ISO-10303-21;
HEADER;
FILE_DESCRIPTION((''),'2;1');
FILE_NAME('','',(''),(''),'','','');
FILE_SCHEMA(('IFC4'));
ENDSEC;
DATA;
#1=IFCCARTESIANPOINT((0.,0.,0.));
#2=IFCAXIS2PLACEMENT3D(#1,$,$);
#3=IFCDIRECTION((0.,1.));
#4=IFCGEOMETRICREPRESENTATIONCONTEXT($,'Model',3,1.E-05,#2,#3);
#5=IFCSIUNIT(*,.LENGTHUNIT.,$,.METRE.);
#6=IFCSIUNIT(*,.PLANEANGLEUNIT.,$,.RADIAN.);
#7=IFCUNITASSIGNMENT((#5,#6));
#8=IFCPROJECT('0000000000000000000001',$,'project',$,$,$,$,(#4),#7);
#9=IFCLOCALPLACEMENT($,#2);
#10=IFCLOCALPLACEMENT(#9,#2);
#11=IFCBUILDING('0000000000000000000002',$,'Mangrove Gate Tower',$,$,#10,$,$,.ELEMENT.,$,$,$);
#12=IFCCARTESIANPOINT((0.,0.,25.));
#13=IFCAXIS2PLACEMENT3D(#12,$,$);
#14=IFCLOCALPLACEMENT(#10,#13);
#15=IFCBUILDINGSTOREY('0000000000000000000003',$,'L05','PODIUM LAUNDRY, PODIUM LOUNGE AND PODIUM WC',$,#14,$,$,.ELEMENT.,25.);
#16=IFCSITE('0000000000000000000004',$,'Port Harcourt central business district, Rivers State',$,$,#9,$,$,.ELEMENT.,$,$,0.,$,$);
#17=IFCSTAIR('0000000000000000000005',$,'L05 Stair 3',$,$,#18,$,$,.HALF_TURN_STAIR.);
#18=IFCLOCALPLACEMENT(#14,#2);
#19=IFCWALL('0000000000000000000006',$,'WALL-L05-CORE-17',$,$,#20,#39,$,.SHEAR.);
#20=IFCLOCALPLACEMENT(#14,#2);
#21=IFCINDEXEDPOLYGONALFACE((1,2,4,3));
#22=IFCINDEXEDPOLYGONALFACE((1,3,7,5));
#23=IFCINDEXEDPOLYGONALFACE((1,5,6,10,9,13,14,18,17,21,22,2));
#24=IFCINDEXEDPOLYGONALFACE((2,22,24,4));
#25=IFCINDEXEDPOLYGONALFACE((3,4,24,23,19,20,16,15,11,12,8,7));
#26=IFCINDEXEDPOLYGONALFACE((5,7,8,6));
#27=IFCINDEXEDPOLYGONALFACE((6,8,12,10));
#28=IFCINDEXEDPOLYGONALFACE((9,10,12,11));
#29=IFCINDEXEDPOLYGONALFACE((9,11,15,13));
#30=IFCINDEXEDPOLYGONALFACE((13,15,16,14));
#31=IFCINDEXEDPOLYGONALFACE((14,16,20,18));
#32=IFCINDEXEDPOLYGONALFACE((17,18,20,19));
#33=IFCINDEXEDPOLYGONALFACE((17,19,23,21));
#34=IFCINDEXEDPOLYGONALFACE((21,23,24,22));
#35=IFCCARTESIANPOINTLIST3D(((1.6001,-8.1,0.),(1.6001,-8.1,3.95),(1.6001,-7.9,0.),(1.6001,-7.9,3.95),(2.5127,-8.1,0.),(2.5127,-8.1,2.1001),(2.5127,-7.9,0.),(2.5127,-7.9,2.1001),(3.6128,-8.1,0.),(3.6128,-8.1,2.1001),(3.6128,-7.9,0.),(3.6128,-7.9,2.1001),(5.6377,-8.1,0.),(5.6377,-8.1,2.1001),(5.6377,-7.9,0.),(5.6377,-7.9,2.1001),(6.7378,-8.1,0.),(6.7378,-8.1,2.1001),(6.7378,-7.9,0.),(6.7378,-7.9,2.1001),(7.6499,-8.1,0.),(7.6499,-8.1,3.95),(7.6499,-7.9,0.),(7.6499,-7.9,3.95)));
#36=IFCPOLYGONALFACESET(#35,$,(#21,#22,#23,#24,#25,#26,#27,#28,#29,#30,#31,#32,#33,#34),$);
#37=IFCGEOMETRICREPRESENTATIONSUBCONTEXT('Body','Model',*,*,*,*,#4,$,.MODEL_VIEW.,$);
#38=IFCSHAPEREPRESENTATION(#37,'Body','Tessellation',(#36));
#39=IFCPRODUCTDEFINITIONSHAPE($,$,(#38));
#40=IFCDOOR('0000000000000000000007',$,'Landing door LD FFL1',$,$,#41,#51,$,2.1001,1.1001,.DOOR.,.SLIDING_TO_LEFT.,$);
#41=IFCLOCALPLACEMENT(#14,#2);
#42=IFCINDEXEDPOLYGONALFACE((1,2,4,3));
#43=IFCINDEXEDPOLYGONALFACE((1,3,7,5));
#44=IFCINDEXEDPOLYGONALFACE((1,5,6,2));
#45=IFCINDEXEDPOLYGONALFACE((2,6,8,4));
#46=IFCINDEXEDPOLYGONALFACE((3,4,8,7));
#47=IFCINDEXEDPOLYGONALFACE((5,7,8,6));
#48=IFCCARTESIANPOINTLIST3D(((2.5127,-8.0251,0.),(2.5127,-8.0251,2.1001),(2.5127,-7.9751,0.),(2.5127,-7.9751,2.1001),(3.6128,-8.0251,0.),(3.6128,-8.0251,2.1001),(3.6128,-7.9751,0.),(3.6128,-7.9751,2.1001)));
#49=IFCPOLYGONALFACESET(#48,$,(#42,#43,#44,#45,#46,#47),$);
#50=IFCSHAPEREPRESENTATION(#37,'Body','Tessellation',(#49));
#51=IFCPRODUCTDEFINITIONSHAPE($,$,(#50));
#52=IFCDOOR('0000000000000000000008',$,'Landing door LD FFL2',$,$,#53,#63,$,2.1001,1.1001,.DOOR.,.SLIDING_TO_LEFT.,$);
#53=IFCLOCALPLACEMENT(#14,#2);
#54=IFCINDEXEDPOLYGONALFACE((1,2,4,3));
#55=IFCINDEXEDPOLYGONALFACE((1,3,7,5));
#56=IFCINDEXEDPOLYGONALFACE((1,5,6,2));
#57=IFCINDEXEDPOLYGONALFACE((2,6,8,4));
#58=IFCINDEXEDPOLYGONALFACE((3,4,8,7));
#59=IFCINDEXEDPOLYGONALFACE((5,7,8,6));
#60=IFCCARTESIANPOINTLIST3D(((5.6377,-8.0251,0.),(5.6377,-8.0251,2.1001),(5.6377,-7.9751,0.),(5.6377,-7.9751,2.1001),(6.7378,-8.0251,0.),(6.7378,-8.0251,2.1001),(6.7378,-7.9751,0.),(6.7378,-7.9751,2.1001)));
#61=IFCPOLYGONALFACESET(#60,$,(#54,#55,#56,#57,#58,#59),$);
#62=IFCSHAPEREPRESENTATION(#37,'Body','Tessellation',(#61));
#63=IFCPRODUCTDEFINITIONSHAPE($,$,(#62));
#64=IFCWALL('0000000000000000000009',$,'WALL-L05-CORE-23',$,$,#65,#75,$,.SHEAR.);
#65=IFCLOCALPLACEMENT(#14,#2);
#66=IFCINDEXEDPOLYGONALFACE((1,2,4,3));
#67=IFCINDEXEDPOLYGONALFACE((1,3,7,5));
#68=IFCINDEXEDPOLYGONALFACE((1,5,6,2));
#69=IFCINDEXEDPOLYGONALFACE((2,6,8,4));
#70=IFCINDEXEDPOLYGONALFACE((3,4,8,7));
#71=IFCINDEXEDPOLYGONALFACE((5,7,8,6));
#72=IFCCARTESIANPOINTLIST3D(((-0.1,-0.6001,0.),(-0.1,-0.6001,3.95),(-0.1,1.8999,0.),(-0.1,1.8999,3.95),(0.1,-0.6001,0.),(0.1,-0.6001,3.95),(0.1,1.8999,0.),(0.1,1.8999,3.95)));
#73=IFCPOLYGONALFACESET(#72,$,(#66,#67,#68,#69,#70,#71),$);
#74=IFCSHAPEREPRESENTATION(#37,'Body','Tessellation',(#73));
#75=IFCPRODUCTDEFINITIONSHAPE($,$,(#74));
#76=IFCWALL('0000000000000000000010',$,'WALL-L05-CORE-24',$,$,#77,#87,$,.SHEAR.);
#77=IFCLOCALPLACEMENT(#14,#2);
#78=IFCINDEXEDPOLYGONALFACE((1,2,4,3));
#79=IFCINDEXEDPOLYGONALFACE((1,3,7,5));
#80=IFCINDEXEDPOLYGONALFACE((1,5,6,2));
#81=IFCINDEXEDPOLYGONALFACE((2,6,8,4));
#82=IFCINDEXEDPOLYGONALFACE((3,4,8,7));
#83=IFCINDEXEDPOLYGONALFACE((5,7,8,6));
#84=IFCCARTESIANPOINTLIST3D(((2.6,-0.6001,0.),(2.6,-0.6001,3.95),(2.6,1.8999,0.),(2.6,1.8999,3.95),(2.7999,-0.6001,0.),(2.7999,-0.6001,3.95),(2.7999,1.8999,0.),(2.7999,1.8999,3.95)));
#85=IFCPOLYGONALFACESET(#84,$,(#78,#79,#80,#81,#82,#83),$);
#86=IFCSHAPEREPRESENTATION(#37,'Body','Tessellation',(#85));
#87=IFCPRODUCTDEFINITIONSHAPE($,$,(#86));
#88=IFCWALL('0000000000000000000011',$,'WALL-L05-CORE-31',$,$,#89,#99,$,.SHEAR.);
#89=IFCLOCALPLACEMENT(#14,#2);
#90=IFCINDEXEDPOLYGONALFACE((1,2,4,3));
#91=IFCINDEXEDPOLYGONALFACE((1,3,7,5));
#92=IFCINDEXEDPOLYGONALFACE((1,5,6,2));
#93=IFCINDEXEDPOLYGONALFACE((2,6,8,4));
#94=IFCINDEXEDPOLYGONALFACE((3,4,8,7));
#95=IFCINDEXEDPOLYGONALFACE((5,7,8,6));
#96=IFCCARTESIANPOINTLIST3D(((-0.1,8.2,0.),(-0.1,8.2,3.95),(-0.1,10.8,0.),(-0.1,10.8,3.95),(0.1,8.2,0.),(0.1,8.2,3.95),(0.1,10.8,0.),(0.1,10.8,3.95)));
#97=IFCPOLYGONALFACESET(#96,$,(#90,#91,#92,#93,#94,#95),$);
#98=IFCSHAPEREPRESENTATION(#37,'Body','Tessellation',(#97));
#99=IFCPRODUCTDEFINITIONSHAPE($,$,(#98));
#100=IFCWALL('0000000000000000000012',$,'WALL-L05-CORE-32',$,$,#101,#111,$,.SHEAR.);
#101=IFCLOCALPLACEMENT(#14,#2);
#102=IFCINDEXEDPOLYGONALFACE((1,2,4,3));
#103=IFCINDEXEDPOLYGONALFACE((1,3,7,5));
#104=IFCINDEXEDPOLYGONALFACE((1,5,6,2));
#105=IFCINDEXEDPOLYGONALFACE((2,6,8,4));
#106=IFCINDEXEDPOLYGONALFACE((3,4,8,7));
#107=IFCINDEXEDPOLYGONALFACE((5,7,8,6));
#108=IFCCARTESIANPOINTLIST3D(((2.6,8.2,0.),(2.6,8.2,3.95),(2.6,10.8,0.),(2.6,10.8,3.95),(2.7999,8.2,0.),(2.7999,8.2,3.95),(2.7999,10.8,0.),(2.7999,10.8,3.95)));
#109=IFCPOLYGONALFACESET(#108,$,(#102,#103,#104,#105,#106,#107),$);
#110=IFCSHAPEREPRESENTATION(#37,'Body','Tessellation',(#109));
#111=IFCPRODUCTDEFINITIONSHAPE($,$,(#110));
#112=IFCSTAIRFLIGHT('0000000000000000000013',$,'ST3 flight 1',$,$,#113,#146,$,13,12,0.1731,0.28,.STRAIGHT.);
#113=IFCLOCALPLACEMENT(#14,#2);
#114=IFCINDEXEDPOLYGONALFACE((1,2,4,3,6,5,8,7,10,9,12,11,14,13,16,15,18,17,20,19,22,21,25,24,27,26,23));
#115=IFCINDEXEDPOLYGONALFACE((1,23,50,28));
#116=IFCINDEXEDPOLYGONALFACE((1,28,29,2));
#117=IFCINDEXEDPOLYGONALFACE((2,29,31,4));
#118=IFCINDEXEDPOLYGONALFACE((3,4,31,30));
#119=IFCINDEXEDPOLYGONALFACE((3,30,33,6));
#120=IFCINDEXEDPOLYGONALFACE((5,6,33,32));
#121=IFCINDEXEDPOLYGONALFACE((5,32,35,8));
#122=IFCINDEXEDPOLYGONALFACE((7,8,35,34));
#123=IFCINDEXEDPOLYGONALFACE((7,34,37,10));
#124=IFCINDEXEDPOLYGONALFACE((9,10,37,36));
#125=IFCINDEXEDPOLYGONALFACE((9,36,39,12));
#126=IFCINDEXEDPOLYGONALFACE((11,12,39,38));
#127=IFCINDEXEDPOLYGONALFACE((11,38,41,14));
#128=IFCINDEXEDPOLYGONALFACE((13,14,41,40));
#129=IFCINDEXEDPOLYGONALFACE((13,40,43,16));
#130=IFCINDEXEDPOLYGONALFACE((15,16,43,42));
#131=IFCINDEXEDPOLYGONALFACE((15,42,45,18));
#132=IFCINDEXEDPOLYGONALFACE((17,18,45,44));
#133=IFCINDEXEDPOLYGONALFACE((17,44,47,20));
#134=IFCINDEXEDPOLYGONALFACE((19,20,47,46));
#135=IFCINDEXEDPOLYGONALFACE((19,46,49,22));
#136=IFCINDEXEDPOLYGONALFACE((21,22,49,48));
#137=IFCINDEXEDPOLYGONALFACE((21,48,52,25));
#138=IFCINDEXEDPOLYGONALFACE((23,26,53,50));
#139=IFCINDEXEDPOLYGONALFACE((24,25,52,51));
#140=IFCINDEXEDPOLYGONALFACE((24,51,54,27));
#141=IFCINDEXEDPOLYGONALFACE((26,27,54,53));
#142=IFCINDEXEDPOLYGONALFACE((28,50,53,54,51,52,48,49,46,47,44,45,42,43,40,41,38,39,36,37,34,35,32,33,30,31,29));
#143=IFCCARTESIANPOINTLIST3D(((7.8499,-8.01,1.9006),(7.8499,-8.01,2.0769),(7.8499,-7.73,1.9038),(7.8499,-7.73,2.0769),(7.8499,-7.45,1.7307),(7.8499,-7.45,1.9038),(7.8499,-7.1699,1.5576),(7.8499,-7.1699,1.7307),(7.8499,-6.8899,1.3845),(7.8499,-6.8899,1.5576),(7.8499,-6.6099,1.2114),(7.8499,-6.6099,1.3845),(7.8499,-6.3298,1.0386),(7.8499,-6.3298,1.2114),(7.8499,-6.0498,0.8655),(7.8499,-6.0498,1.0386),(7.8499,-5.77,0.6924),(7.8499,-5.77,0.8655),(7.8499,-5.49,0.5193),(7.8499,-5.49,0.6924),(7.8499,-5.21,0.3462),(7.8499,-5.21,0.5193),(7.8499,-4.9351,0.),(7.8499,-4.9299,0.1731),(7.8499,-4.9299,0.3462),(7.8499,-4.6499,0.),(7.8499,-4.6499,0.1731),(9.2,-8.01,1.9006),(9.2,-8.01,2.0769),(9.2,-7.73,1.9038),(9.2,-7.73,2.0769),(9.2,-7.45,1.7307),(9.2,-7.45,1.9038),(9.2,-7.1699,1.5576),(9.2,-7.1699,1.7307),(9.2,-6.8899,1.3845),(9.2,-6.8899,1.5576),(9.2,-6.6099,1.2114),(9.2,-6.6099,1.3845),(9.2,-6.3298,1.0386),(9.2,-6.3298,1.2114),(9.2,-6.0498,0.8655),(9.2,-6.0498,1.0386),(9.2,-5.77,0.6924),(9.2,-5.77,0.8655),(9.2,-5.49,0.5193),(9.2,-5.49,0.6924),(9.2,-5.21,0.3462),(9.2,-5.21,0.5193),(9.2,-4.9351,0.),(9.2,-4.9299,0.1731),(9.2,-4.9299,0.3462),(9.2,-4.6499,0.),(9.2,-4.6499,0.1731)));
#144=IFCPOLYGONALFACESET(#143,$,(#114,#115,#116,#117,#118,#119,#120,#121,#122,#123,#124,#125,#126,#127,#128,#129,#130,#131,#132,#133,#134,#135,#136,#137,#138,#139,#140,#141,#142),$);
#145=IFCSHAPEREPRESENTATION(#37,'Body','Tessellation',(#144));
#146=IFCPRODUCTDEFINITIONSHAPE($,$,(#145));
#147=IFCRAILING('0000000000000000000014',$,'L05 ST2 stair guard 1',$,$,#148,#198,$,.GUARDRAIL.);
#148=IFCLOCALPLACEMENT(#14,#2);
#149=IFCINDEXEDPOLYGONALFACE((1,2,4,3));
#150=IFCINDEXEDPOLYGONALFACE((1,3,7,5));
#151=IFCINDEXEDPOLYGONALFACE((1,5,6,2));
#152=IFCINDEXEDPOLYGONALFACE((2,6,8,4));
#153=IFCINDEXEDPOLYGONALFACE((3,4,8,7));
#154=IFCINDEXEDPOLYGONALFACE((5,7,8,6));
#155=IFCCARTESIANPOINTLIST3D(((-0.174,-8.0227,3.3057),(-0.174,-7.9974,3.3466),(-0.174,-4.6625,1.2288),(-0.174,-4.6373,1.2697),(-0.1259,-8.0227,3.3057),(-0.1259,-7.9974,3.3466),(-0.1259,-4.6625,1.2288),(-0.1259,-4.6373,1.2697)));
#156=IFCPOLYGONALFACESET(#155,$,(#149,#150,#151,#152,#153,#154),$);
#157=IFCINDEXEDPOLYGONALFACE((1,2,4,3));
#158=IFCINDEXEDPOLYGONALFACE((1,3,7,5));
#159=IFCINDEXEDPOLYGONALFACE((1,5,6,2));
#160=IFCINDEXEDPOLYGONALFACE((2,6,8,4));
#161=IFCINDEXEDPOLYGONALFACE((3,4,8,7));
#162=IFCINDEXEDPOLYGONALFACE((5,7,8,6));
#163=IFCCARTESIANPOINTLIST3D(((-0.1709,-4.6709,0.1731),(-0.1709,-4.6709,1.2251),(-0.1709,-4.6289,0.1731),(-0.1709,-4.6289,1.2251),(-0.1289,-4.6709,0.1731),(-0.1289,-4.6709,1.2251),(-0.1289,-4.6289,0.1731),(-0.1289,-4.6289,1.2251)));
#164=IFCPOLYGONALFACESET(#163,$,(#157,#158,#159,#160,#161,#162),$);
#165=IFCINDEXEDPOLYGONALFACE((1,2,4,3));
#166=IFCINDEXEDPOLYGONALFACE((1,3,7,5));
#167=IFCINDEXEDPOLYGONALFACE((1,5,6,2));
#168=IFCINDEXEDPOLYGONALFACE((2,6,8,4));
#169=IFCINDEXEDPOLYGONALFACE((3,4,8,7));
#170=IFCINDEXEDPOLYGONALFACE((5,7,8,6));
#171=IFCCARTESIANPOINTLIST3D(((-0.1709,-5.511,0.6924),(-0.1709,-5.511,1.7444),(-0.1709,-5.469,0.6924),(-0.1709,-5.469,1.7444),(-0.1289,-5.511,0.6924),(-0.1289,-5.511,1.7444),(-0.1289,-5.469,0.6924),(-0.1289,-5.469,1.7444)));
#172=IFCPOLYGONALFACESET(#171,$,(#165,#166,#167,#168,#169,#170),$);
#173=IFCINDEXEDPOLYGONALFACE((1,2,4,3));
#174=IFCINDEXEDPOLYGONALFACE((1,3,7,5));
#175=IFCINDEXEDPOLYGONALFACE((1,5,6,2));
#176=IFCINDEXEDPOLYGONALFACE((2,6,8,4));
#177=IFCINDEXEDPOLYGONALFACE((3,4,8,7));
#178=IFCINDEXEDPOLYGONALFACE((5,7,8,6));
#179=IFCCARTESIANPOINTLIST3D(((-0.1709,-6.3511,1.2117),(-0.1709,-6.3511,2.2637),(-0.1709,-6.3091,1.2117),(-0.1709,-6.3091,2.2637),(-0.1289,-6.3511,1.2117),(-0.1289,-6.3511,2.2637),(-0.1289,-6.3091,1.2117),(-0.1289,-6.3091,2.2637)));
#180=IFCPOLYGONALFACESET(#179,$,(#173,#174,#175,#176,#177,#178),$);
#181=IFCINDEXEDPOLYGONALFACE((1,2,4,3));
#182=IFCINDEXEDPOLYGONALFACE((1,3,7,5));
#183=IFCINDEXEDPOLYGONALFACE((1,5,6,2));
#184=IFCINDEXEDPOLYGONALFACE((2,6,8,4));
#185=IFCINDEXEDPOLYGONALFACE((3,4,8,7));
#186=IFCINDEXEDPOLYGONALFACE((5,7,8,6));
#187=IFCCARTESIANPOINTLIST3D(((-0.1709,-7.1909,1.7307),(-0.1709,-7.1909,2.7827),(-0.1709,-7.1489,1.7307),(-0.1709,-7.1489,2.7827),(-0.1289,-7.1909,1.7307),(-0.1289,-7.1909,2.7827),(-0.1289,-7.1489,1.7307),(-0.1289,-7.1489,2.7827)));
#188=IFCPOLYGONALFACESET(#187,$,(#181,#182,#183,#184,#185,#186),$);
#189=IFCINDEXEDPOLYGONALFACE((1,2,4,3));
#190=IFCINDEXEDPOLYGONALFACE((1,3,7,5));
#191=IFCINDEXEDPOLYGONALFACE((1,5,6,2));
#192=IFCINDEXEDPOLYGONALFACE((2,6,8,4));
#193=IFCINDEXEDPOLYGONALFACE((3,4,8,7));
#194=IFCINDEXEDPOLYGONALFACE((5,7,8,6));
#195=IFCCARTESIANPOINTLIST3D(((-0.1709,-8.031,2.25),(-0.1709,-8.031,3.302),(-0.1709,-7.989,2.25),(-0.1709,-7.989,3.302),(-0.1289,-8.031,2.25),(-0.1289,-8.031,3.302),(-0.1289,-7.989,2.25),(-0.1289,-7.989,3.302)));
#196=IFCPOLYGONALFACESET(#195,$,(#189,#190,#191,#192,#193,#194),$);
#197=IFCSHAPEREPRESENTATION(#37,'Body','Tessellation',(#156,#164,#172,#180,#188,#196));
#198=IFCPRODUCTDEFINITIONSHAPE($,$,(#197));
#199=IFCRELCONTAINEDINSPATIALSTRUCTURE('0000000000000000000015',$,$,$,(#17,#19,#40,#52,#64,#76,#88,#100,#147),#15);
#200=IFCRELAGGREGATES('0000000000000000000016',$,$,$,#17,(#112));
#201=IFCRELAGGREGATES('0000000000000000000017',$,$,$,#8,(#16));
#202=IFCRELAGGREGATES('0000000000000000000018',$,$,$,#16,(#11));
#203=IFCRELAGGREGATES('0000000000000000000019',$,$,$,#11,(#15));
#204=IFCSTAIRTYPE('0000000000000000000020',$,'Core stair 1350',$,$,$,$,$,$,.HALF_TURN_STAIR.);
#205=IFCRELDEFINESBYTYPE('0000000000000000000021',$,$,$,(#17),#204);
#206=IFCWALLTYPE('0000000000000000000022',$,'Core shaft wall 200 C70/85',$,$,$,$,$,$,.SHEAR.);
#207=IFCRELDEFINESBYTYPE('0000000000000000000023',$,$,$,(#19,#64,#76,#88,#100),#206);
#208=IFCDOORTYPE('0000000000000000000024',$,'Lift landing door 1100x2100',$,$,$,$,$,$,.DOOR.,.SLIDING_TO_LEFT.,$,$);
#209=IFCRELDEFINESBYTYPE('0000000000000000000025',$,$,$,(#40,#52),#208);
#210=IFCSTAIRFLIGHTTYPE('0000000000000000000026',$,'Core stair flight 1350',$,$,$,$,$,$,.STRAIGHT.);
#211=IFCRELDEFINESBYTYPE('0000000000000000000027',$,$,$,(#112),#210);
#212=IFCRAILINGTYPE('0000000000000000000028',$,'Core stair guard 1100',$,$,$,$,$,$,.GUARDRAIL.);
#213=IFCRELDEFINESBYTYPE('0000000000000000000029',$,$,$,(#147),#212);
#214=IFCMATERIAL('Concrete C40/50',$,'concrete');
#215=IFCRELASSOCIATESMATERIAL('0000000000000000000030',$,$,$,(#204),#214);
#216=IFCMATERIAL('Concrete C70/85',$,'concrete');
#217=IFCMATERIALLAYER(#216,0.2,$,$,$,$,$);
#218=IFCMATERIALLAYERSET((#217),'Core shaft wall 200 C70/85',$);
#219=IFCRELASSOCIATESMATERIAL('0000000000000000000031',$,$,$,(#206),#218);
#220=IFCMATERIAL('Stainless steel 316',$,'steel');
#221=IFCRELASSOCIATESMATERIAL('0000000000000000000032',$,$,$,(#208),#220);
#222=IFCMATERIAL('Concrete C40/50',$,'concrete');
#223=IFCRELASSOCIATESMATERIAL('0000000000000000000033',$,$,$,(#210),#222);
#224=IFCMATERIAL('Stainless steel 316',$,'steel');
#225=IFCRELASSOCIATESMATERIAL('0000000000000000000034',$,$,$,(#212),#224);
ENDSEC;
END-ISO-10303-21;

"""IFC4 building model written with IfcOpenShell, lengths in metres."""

from ifc_helpers import new_model, si_unit, direction, frame, frame_2d, origin, origin_2d, place, context, subcontext, project, spatial, polyline, rectangle, outline, extrude, material, layer, layer_set, type_object, element, fill, aggregate, save


model = new_model("IFC4")

# Units and contexts
model_context = context("Model", 3, precision=1e-05, world=origin(), true_north=direction((0.0, 1.0)))
body_context = subcontext(model_context, "Body", "Model", "MODEL_VIEW")
ifc_project = project(units=[si_unit("LENGTHUNIT", "METRE"), si_unit("PLANEANGLEUNIT", "RADIAN")], contexts=[model_context])

# Site, building, storey
site_placement = place(None, origin())
site = spatial("IfcSite", under=ifc_project, at=site_placement, Name="Port Harcourt central business district, Rivers State", CompositionType="ELEMENT", RefElevation=0.0)
building_placement = place(site_placement, origin())
building = spatial("IfcBuilding", under=site, at=building_placement, Name="Mangrove Gate Tower", CompositionType="ELEMENT")
storey_placement = place(building_placement, frame((0.0, 0.0, 25.0)))
storey = spatial("IfcBuildingStorey", under=building, at=storey_placement, Name="L05", Description="PODIUM LAUNDRY, PODIUM LOUNGE AND PODIUM WC", CompositionType="ELEMENT", Elevation=25.0)

# Stair
ifc_material_1 = material(Name="Concrete C40/50", Category="concrete")
stair_type = type_object("IfcStairType", Name="Core stair 1350", PredefinedType="HALF_TURN_STAIR", material=ifc_material_1)
stair_1_placement = place(storey_placement, origin())
stair_1 = element("IfcStair", 1, at=stair_1_placement, inside=storey, type_object=stair_type, Name="L05 Stair 3", PredefinedType="HALF_TURN_STAIR")

# Wall, openings, doors
ifc_material_2 = material(Name="Concrete C70/85", Category="concrete")
ifc_layer_1 = layer(ifc_material_2, 0.2)
ifc_layer_set_1 = layer_set([ifc_layer_1], Name="Core shaft wall 200 C70/85")
wall_type_1 = type_object("IfcWallType", Name="Core shaft wall 200 C70/85", PredefinedType="SHEAR", material=ifc_layer_set_1)
wall_1_placement = place(storey_placement, frame((1.6001, -8.0, 0.0), z_axis=(0.0, 0.0, 1.0), x_axis=(1.0, 0.0, 0.0)))
wall_1 = element("IfcWall", 2, at=wall_1_placement, inside=storey, type_object=wall_type_1, Name="WALL-L05-CORE-17", PredefinedType="SHEAR", context=body_context, shape_type="SweptSolid", body=[
    extrude(rectangle(XDim=6.0498, YDim=0.2, at=frame_2d((3.0249, 0.0))), origin(), (0.0, 0.0, 1.0), 3.95),
])
opening_1_placement = place(wall_1_placement, frame((0.9126, 0.0, 0.0)))
opening_1 = element("IfcOpeningElement", 3, at=opening_1_placement, cuts=wall_1, PredefinedType="OPENING", context=body_context, shape_type="SweptSolid", body=[
    extrude(rectangle(XDim=1.1001, YDim=2.1001, at=frame_2d((0.55, 1.05))), frame((0.0, 0.1099, 0.0), z_axis=(0.0, -1.0, 0.0), x_axis=(1.0, 0.0, 0.0)), (0.0, 0.0, 1.0), 0.22),
])
opening_2_placement = place(wall_1_placement, frame((4.0376, 0.0, 0.0)))
opening_2 = element("IfcOpeningElement", 4, at=opening_2_placement, cuts=wall_1, PredefinedType="OPENING", context=body_context, shape_type="SweptSolid", body=[
    extrude(rectangle(XDim=1.1001, YDim=2.1001, at=frame_2d((0.55, 1.05))), frame((0.0, 0.1099, 0.0), z_axis=(0.0, -1.0, 0.0), x_axis=(1.0, 0.0, 0.0)), (0.0, 0.0, 1.0), 0.22),
])
ifc_material_3 = material(Name="Stainless steel 316", Category="steel")
door_type = type_object("IfcDoorType", Name="Lift landing door 1100x2100", OperationType="SLIDING_TO_LEFT", PredefinedType="DOOR", material=ifc_material_3)
door_1_placement = place(opening_1_placement, origin())
door_1 = element("IfcDoor", 5, at=door_1_placement, inside=storey, type_object=door_type, Name="Landing door LD FFL1", OperationType="SLIDING_TO_LEFT", OverallHeight=2.1001, OverallWidth=1.1001, PredefinedType="DOOR", context=body_context, shape_type="SweptSolid", body=[
    extrude(rectangle(XDim=1.1001, YDim=2.1001, at=frame_2d((0.55, 1.05))), frame((0.0, 0.0249, 0.0), z_axis=(0.0, -1.0, 0.0), x_axis=(1.0, 0.0, 0.0)), (0.0, 0.0, 1.0), 0.05),
])
fill(opening_1, door_1)
door_2_placement = place(opening_2_placement, origin())
door_2 = element("IfcDoor", 6, at=door_2_placement, inside=storey, type_object=door_type, Name="Landing door LD FFL2", OperationType="SLIDING_TO_LEFT", OverallHeight=2.1001, OverallWidth=1.1001, PredefinedType="DOOR", context=body_context, shape_type="SweptSolid", body=[
    extrude(rectangle(XDim=1.1001, YDim=2.1001, at=frame_2d((0.55, 1.05))), frame((0.0, 0.0249, 0.0), z_axis=(0.0, -1.0, 0.0), x_axis=(1.0, 0.0, 0.0)), (0.0, 0.0, 1.0), 0.05),
])
fill(opening_2, door_2)

# Walls
for number, where, z_axis, x_axis, name in (
    (7, (0.0, -0.6001, 0.0), (0.0, 0.0, 1.0), (0.0, 1.0, 0.0), "WALL-L05-CORE-23"),
    (8, (2.7, -0.6001, 0.0), (0.0, 0.0, 1.0), (0.0, 1.0, 0.0), "WALL-L05-CORE-24"),
):
    element("IfcWall", number, at=place(storey_placement, frame(where, z_axis=z_axis, x_axis=x_axis)), inside=storey, type_object=wall_type_1, Name=name, PredefinedType="SHEAR", context=body_context, shape_type="SweptSolid", body=[
        extrude(rectangle(XDim=2.5, YDim=0.2, at=frame_2d((1.25, 0.0))), origin(), (0.0, 0.0, 1.0), 3.95),
    ])
for number, where, z_axis, x_axis, name in (
    (9, (0.0, 8.2, 0.0), (0.0, 0.0, 1.0), (0.0, 1.0, 0.0), "WALL-L05-CORE-31"),
    (10, (2.7, 8.2, 0.0), (0.0, 0.0, 1.0), (0.0, 1.0, 0.0), "WALL-L05-CORE-32"),
):
    element("IfcWall", number, at=place(storey_placement, frame(where, z_axis=z_axis, x_axis=x_axis)), inside=storey, type_object=wall_type_1, Name=name, PredefinedType="SHEAR", context=body_context, shape_type="SweptSolid", body=[
        extrude(rectangle(XDim=2.6001, YDim=0.2, at=frame_2d((1.3, 0.0))), origin(), (0.0, 0.0, 1.0), 3.95),
    ])

# Stair flight
ifc_material_4 = material(Name="Concrete C40/50", Category="concrete")
stair_flight_type = type_object("IfcStairFlightType", Name="Core stair flight 1350", PredefinedType="STRAIGHT", material=ifc_material_4)
stair_flight_placement = place(storey_placement, frame((8.5249, -4.6499, 0.0), z_axis=(0.0, 0.0, 1.0), x_axis=(0.0, -1.0, 0.0)))
stair_flight = element("IfcStairFlight", 11, at=stair_flight_placement, type_object=stair_flight_type, Name="ST3 flight 1", NumberOfRisers=13, NumberOfTreads=12, PredefinedType="STRAIGHT", RiserHeight=0.1731, TreadLength=0.28, context=body_context, shape_type="SweptSolid", body=[
    extrude(outline(polyline([(0.0, 0.0), (0.0, 0.1731), (0.28, 0.1731), (0.28, 0.3462), (0.5601, 0.3462), (0.5601, 0.5193), (0.8401, 0.5193), (0.8401, 0.6924), (1.1201, 0.6924), (1.1201, 0.8655), (1.3999, 0.8655), (1.3999, 1.0386), (1.6799, 1.0386), (1.6799, 1.2114), (1.96, 1.2114), (1.96, 1.3845), (2.24, 1.3845), (2.24, 1.5576), (2.52, 1.5576), (2.52, 1.7307), (2.8, 1.7307), (2.8, 1.9038), (3.0801, 1.9038), (3.0801, 2.0769), (3.3601, 2.0769), (3.3601, 2.25), (3.3601, 1.9006), (0.2852, 0.0), (0.0, 0.0)])), frame((0.0, 0.675, 0.0), z_axis=(0.0, -1.0, 0.0), x_axis=(1.0, 0.0, 0.0)), (0.0, 0.0, 1.0), 1.3501),
])
aggregate(stair_1, [stair_flight])

# Railing
ifc_material_5 = material(Name="Stainless steel 316", Category="steel")
railing_type_1 = type_object("IfcRailingType", Name="Core stair guard 1100", PredefinedType="GUARDRAIL", material=ifc_material_5)
railing_1_placement = place(storey_placement, frame((-0.1499, -4.6499, 0.1731)))
element("IfcRailing", 12, at=railing_1_placement, inside=storey, type_object=railing_type_1, Name="L05 ST2 stair guard 1", PredefinedType="GUARDRAIL", context=body_context, shape_type="SweptSolid", body=[
    extrude(rectangle(XDim=0.0481, YDim=0.0481, at=origin_2d()), frame((0.0, 0.0, 1.0762), z_axis=(0.0, -0.850623, 0.525776), x_axis=(1.0, 0.0, 0.0)), (0.0, 0.0, 1.0), 3.9502),
    extrude(rectangle(XDim=0.042, YDim=0.042, at=origin_2d()), origin(), (0.0, 0.0, 1.0), 1.052),
    extrude(rectangle(XDim=0.042, YDim=0.042, at=origin_2d()), frame((0.0, -0.8401, 0.5193)), (0.0, 0.0, 1.0), 1.052),
    extrude(rectangle(XDim=0.042, YDim=0.042, at=origin_2d()), frame((0.0, -1.6802, 1.0386)), (0.0, 0.0, 1.0), 1.052),
    extrude(rectangle(XDim=0.042, YDim=0.042, at=origin_2d()), frame((0.0, -2.52, 1.5576)), (0.0, 0.0, 1.0), 1.052),
    extrude(rectangle(XDim=0.042, YDim=0.042, at=origin_2d()), frame((0.0, -3.3601, 2.0769)), (0.0, 0.0, 1.0), 1.052),
])

save(model, "model.ifc")
